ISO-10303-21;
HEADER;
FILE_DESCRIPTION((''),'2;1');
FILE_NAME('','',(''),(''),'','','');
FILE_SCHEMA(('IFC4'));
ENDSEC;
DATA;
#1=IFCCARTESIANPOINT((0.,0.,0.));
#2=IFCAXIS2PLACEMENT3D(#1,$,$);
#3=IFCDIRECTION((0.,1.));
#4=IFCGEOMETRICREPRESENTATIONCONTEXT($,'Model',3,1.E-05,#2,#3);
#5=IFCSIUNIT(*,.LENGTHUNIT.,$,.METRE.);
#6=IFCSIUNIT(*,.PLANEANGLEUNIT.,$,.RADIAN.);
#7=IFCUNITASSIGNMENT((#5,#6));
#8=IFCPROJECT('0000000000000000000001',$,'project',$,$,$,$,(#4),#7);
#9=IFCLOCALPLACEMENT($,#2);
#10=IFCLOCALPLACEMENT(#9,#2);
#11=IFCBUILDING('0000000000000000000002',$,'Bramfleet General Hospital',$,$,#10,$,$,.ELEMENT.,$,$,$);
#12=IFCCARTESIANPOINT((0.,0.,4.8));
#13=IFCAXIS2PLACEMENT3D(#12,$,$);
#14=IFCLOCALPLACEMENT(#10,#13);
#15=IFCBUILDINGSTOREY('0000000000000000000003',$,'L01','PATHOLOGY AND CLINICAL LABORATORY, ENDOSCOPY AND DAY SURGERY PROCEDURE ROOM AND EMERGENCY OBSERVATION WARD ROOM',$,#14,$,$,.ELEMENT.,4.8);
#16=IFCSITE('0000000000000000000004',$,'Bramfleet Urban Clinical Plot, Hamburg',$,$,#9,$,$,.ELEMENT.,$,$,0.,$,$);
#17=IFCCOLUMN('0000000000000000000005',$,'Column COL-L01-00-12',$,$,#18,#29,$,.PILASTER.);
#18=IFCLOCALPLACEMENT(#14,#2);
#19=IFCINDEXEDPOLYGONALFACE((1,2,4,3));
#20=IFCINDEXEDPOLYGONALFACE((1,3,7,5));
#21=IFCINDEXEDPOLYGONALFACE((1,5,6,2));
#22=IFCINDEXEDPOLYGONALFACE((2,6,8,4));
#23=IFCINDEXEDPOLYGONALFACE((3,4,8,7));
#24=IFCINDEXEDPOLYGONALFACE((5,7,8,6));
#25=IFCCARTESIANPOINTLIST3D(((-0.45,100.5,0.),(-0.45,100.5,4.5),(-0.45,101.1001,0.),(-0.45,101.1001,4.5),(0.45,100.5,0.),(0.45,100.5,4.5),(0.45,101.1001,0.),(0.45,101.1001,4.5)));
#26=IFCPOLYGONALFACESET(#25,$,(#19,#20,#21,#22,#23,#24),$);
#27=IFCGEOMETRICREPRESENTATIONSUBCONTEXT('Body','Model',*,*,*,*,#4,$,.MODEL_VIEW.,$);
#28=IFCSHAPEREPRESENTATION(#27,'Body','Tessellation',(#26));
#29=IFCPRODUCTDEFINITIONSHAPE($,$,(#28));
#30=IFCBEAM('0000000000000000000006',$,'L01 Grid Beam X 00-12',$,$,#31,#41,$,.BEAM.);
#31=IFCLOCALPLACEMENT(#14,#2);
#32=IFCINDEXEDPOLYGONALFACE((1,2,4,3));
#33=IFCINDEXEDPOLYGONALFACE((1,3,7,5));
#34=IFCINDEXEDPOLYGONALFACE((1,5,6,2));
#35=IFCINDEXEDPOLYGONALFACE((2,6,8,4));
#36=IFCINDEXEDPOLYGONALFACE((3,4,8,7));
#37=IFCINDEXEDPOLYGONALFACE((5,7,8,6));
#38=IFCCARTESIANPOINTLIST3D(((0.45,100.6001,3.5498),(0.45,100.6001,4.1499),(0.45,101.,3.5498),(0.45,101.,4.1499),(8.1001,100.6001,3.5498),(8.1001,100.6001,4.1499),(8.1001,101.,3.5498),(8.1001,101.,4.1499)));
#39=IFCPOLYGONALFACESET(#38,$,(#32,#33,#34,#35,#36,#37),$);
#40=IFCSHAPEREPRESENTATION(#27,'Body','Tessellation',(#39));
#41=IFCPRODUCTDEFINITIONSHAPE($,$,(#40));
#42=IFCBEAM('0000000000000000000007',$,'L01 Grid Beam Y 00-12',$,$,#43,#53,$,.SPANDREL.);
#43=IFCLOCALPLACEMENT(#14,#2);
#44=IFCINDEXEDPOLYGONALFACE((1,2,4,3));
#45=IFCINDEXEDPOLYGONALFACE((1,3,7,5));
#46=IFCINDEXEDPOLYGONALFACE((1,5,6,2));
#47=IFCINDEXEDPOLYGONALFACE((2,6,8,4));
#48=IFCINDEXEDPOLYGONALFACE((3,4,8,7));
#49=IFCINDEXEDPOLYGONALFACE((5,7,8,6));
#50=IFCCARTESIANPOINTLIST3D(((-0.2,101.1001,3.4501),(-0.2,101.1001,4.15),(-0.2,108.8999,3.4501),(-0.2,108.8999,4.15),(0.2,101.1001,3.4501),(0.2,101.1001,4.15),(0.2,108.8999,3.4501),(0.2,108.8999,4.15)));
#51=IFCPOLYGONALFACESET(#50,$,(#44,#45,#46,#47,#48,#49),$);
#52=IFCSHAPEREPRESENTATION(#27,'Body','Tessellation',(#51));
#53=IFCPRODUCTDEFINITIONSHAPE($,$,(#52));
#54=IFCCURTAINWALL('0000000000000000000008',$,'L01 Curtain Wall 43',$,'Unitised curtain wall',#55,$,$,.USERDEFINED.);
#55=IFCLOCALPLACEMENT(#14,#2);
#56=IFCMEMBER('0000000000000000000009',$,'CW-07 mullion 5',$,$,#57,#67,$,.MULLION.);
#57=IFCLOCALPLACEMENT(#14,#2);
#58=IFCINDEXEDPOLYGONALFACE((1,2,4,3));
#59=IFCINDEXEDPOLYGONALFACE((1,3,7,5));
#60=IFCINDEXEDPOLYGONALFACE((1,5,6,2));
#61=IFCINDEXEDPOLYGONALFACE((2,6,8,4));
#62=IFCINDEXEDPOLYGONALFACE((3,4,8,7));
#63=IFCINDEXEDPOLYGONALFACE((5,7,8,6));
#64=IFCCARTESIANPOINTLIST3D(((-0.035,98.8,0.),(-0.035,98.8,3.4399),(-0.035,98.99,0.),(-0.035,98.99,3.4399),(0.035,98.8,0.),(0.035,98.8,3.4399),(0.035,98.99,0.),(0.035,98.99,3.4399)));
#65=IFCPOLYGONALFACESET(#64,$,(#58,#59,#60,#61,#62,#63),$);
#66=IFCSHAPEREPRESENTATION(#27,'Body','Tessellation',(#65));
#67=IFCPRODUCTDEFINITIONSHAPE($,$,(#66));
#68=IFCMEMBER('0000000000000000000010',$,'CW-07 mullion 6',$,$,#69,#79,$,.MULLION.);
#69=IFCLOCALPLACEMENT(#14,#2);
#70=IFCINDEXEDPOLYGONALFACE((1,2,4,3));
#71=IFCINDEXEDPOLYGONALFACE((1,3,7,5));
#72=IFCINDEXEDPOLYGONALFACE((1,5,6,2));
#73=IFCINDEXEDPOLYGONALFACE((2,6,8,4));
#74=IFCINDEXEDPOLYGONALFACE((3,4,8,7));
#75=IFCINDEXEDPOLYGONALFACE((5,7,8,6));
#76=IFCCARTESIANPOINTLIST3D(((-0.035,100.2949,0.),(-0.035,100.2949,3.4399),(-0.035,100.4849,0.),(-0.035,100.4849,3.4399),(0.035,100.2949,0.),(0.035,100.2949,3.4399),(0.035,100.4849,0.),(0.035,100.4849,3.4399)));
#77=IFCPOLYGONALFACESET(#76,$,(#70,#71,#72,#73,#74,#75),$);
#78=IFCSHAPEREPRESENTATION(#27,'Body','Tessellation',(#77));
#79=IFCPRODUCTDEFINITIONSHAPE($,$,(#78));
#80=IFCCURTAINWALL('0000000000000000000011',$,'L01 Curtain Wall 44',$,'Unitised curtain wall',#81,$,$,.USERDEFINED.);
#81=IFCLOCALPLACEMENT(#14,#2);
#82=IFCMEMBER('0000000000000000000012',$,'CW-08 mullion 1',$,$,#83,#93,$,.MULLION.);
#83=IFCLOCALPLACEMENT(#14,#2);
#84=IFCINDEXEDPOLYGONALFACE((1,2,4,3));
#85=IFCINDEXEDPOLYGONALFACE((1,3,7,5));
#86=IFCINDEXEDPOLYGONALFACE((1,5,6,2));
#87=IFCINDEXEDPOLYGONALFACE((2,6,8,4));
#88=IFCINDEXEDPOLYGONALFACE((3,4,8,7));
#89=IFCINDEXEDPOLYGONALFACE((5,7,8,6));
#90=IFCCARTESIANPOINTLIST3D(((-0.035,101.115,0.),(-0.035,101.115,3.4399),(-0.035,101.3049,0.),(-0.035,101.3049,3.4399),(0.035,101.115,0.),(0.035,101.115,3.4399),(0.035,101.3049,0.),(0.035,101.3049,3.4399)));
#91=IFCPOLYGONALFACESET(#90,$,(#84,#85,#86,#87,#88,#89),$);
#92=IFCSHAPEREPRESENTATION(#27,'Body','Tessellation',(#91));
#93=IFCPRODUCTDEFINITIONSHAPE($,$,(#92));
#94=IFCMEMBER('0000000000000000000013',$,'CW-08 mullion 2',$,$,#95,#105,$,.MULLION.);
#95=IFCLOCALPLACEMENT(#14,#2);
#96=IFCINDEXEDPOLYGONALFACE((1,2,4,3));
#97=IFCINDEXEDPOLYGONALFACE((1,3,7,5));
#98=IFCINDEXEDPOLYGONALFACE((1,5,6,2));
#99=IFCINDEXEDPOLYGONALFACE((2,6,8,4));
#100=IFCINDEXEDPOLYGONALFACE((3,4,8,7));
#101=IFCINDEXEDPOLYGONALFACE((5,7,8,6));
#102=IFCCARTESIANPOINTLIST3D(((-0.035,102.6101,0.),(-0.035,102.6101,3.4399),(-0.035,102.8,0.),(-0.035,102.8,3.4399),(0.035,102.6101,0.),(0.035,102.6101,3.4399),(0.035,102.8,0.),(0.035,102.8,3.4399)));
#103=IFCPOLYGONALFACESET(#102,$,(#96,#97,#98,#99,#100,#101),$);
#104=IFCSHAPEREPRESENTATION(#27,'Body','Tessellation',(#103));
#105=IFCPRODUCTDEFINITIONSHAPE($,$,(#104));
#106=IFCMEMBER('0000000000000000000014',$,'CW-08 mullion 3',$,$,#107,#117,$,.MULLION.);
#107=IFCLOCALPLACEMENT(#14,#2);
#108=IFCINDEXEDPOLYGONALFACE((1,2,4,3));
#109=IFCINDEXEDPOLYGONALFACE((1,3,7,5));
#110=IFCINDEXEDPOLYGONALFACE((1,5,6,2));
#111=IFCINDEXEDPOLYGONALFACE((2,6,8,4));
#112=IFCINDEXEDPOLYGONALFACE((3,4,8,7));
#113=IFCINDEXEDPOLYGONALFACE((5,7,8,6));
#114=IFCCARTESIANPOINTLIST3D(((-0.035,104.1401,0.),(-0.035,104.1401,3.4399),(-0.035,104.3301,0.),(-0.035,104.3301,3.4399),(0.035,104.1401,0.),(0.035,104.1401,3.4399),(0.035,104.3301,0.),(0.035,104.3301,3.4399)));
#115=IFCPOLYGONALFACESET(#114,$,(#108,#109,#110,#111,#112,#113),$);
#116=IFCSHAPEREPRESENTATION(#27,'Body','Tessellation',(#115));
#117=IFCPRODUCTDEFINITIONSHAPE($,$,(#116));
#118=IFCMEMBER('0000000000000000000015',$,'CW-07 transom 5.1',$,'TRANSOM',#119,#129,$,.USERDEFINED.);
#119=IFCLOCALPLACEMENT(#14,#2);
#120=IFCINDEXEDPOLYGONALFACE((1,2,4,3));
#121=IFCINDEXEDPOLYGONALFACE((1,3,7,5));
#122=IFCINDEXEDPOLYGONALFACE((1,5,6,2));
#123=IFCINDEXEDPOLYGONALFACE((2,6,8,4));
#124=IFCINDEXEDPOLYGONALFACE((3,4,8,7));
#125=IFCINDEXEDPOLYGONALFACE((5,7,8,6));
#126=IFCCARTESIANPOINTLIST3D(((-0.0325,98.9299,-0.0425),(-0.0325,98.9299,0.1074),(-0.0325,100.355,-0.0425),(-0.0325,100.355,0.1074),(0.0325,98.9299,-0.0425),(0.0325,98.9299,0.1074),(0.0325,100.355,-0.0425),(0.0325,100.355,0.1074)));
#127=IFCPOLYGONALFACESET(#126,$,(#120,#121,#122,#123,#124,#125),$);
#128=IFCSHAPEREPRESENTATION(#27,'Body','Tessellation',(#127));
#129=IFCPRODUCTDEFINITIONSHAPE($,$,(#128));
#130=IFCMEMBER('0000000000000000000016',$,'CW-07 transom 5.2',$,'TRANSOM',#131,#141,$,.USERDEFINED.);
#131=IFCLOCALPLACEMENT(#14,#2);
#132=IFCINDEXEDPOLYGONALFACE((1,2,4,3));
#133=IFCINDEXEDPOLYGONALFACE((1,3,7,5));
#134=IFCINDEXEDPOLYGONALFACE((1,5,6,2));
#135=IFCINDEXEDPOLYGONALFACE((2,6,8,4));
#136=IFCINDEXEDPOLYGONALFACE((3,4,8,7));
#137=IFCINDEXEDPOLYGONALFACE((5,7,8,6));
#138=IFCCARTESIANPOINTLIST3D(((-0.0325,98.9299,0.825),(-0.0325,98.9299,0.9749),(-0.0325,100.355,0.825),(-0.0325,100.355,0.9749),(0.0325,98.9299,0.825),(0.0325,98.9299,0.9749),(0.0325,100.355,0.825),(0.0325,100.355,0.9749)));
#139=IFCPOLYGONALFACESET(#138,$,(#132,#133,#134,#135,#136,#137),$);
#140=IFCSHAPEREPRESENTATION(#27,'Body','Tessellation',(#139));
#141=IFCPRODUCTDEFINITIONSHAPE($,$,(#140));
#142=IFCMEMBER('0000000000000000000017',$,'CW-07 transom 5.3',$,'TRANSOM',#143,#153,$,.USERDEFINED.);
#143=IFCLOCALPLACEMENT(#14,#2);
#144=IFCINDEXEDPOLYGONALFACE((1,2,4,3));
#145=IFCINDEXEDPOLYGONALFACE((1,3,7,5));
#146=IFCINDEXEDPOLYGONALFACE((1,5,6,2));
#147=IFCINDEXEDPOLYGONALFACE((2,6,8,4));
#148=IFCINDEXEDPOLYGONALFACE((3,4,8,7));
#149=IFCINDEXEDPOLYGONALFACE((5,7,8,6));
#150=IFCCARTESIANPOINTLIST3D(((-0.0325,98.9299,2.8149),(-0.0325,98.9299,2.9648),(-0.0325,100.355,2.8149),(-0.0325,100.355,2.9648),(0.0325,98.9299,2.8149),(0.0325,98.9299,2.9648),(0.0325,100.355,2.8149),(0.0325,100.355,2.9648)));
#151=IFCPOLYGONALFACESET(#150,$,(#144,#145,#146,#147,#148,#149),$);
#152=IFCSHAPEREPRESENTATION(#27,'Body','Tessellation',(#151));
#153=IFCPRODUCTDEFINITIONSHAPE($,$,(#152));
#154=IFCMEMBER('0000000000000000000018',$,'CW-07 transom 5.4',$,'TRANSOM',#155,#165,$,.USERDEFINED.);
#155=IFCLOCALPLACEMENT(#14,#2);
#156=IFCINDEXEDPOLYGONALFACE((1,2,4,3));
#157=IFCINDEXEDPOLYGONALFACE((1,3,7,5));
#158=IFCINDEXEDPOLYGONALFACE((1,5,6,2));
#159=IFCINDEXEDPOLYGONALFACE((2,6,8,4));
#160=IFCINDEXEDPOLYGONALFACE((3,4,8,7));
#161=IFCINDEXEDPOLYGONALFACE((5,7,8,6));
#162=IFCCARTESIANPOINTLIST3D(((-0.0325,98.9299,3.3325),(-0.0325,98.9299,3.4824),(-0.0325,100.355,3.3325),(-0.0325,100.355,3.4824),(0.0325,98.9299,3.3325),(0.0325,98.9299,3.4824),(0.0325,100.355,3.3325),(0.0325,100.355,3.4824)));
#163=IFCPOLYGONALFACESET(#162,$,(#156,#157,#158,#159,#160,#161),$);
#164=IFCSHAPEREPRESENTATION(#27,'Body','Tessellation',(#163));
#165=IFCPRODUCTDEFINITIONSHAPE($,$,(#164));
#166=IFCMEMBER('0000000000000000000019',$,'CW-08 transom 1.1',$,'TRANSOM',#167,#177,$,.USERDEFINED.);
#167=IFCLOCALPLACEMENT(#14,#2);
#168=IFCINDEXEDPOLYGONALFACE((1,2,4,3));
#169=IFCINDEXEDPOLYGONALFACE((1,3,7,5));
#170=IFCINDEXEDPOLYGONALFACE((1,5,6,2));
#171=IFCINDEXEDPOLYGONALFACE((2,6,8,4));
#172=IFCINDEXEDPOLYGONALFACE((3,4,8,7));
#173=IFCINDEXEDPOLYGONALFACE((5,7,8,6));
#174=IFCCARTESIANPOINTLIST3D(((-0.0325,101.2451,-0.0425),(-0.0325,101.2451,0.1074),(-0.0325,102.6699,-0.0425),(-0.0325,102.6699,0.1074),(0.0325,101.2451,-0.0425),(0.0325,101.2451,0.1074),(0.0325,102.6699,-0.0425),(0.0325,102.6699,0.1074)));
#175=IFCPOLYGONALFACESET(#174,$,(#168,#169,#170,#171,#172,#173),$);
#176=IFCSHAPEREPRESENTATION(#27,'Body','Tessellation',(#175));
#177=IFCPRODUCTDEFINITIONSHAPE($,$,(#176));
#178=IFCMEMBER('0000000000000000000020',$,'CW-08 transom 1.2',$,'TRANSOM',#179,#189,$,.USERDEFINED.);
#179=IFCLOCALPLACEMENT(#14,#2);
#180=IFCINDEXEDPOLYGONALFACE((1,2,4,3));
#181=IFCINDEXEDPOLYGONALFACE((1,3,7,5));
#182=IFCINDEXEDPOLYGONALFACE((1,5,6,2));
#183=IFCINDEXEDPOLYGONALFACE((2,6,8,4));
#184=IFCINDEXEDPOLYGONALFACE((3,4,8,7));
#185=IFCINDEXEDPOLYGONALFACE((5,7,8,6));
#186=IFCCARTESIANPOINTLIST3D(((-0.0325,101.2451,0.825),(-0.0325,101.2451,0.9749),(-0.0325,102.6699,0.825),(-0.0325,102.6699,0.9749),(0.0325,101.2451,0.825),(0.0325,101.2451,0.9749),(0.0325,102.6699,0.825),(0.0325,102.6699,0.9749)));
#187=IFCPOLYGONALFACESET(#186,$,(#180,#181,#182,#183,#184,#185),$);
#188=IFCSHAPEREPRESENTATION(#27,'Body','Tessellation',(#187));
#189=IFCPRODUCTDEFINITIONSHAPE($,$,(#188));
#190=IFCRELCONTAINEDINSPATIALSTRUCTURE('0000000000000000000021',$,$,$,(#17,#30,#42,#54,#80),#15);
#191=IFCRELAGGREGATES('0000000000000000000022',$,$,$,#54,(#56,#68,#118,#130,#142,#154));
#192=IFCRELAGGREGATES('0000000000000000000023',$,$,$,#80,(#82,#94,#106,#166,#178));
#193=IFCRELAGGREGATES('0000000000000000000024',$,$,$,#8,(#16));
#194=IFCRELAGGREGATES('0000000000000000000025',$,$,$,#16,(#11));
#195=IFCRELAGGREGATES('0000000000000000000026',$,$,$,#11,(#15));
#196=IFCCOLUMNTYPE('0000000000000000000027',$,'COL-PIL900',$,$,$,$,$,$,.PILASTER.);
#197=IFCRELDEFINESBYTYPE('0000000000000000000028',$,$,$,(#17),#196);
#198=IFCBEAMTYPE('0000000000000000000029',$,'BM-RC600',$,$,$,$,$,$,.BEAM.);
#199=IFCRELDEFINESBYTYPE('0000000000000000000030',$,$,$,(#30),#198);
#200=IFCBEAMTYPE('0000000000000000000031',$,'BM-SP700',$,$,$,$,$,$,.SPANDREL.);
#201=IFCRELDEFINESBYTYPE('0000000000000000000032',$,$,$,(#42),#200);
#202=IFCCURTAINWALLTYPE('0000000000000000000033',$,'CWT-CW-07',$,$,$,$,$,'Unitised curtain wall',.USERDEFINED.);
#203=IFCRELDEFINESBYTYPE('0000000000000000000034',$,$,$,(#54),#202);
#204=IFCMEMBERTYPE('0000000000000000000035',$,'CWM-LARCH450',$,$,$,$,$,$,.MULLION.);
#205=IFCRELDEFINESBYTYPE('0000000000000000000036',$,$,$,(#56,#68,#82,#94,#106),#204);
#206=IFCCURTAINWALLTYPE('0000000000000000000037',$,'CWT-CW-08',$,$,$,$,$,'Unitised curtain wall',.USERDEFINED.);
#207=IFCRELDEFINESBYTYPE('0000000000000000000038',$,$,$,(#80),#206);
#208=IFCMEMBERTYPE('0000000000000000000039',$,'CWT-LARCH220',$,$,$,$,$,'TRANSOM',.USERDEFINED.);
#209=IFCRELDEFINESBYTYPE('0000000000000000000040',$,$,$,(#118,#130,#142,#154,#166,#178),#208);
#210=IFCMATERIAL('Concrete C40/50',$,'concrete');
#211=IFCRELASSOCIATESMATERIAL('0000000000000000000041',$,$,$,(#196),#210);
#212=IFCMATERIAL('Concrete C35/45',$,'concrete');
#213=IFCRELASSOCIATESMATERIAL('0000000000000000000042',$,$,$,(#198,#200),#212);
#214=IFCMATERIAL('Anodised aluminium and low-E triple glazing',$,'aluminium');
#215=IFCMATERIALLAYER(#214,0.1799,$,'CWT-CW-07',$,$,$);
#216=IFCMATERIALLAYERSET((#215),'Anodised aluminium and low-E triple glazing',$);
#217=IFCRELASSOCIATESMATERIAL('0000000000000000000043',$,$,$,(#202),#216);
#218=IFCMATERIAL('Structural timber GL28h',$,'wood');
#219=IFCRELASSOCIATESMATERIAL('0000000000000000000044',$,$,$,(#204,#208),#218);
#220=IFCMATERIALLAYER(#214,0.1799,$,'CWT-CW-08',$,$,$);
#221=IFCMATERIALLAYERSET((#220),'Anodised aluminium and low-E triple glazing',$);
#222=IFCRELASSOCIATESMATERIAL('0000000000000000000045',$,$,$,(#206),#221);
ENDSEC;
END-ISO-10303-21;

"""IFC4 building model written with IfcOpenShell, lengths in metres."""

from ifc_helpers import new_model, si_unit, direction, frame, origin, origin_2d, place, context, subcontext, project, spatial, rectangle, extrude, material, layer, layer_set, material_profile, profile_set, type_object, element, aggregate, save


model = new_model("IFC4")

# Units and contexts
model_context = context("Model", 3, precision=1e-05, world=origin(), true_north=direction((0.0, 1.0)))
body_context = subcontext(model_context, "Body", "Model", "MODEL_VIEW")
ifc_project = project(units=[si_unit("LENGTHUNIT", "METRE"), si_unit("PLANEANGLEUNIT", "RADIAN")], contexts=[model_context])

# Site, building, storey
site_placement = place(None, origin())
site = spatial("IfcSite", under=ifc_project, at=site_placement, Name="Bramfleet Urban Clinical Plot, Hamburg", CompositionType="ELEMENT", RefElevation=0.0)
building_placement = place(site_placement, origin())
building = spatial("IfcBuilding", under=site, at=building_placement, Name="Bramfleet General Hospital", CompositionType="ELEMENT")
storey_placement = place(building_placement, frame((0.0, 0.0, 4.8)))
storey = spatial("IfcBuildingStorey", under=building, at=storey_placement, Name="L01", Description="PATHOLOGY AND CLINICAL LABORATORY, ENDOSCOPY AND DAY SURGERY PROCEDURE ROOM AND EMERGENCY OBSERVATION WARD ROOM", CompositionType="ELEMENT", Elevation=4.8)

# Column
ifc_material_1 = material(Name="Concrete C40/50", Category="concrete")
ifc_material_profile_1 = material_profile(ifc_material_1, rectangle(XDim=0.6001, YDim=0.8999, at=origin_2d()), Name="RC PIL 900x600")
ifc_profile_set_1 = profile_set([ifc_material_profile_1], Name="Concrete C40/50")
column_type = type_object("IfcColumnType", Name="COL-PIL900", PredefinedType="PILASTER", material=ifc_profile_set_1)
column_placement = place(storey_placement, frame((0.0, 100.8, 0.0), z_axis=(0.0, 0.0, 1.0), x_axis=(0.0, 1.0, 0.0)))
element("IfcColumn", 1, at=column_placement, inside=storey, type_object=column_type, Name="Column COL-L01-00-12", PredefinedType="PILASTER", context=body_context, shape_type="SweptSolid", body=[
    extrude(rectangle(XDim=0.6001, YDim=0.8999, at=origin_2d()), origin(), (0.0, 0.0, 1.0), 4.5),
])

# Beams
ifc_material_2 = material(Name="Concrete C35/45", Category="concrete")
ifc_material_profile_2 = material_profile(ifc_material_2, rectangle(XDim=0.3999, YDim=0.6001, at=origin_2d()), Name="RC BM 600x400")
ifc_profile_set_2 = profile_set([ifc_material_profile_2], Name="Concrete C35/45")
beam_type_1 = type_object("IfcBeamType", Name="BM-RC600", PredefinedType="BEAM", material=ifc_profile_set_2)
beam_1_placement = place(storey_placement, frame((0.45, 100.8, 3.8499), z_axis=(1.0, 0.0, 0.0), x_axis=(0.0, 1.0, 0.0)))
element("IfcBeam", 2, at=beam_1_placement, inside=storey, type_object=beam_type_1, Name="L01 Grid Beam X 00-12", PredefinedType="BEAM", context=body_context, shape_type="SweptSolid", body=[
    extrude(rectangle(XDim=0.3999, YDim=0.6001, at=origin_2d()), origin(), (0.0, 0.0, 1.0), 7.6501),
])
ifc_material_profile_3 = material_profile(ifc_material_2, rectangle(XDim=0.3999, YDim=0.7, at=origin_2d()), Name="RC SP 700x400")
ifc_profile_set_3 = profile_set([ifc_material_profile_3], Name="Concrete C35/45")
beam_type_2 = type_object("IfcBeamType", Name="BM-SP700", PredefinedType="SPANDREL", material=ifc_profile_set_3)
beam_2_placement = place(storey_placement, frame((0.0, 101.1001, 3.8), z_axis=(0.0, 1.0, 0.0), x_axis=(-1.0, 0.0, 0.0)))
element("IfcBeam", 3, at=beam_2_placement, inside=storey, type_object=beam_type_2, Name="L01 Grid Beam Y 00-12", PredefinedType="SPANDREL", context=body_context, shape_type="SweptSolid", body=[
    extrude(rectangle(XDim=0.3999, YDim=0.7, at=origin_2d()), origin(), (0.0, 0.0, 1.0), 7.7998),
])

# Curtain walls, members
ifc_material_3 = material(Name="Anodised aluminium and low-E triple glazing", Category="aluminium")
ifc_layer_1 = layer(ifc_material_3, 0.1799, Name="CWT-CW-07")
ifc_layer_set_1 = layer_set([ifc_layer_1], Name="Anodised aluminium and low-E triple glazing")
curtain_wall_type_1 = type_object("IfcCurtainWallType", Name="CWT-CW-07", ElementType="Unitised curtain wall", PredefinedType="USERDEFINED", material=ifc_layer_set_1)
curtain_wall_1_placement = place(storey_placement, origin())
curtain_wall_1 = element("IfcCurtainWall", 4, at=curtain_wall_1_placement, inside=storey, type_object=curtain_wall_type_1, Name="L01 Curtain Wall 43", ObjectType="Unitised curtain wall", PredefinedType="USERDEFINED")
ifc_material_4 = material(Name="Structural timber GL28h", Category="wood")
ifc_material_profile_4 = material_profile(ifc_material_4, rectangle(XDim=0.0701, YDim=0.1899, at=origin_2d()), Name="LARCH 190x70")
ifc_profile_set_4 = profile_set([ifc_material_profile_4], Name="Structural timber GL28h")
member_type_1 = type_object("IfcMemberType", Name="CWM-LARCH450", PredefinedType="MULLION", material=ifc_profile_set_4)
member_1_placement = place(storey_placement, frame((0.0, 98.895, 0.0), z_axis=(0.0, 0.0, 1.0), x_axis=(-1.0, 0.0, 0.0)))
member_1 = element("IfcMember", 5, at=member_1_placement, type_object=member_type_1, Name="CW-07 mullion 5", PredefinedType="MULLION", context=body_context, shape_type="SweptSolid", body=[
    extrude(rectangle(XDim=0.0701, YDim=0.1899, at=origin_2d()), origin(), (0.0, 0.0, 1.0), 3.4399),
])
member_2_placement = place(storey_placement, frame((0.0, 100.3899, 0.0), z_axis=(0.0, 0.0, 1.0), x_axis=(-1.0, 0.0, 0.0)))
member_2 = element("IfcMember", 6, at=member_2_placement, type_object=member_type_1, Name="CW-07 mullion 6", PredefinedType="MULLION", context=body_context, shape_type="SweptSolid", body=[
    extrude(rectangle(XDim=0.0701, YDim=0.1899, at=origin_2d()), origin(), (0.0, 0.0, 1.0), 3.4399),
])
ifc_layer_2 = layer(ifc_material_3, 0.1799, Name="CWT-CW-08")
ifc_layer_set_2 = layer_set([ifc_layer_2], Name="Anodised aluminium and low-E triple glazing")
curtain_wall_type_2 = type_object("IfcCurtainWallType", Name="CWT-CW-08", ElementType="Unitised curtain wall", PredefinedType="USERDEFINED", material=ifc_layer_set_2)
curtain_wall_2_placement = place(storey_placement, origin())
curtain_wall_2 = element("IfcCurtainWall", 7, at=curtain_wall_2_placement, inside=storey, type_object=curtain_wall_type_2, Name="L01 Curtain Wall 44", ObjectType="Unitised curtain wall", PredefinedType="USERDEFINED")
member_3_placement = place(storey_placement, frame((0.0, 101.21, 0.0), z_axis=(0.0, 0.0, 1.0), x_axis=(-1.0, 0.0, 0.0)))
member_3 = element("IfcMember", 8, at=member_3_placement, type_object=member_type_1, Name="CW-08 mullion 1", PredefinedType="MULLION", context=body_context, shape_type="SweptSolid", body=[
    extrude(rectangle(XDim=0.0701, YDim=0.1899, at=origin_2d()), origin(), (0.0, 0.0, 1.0), 3.4399),
])
member_4_placement = place(storey_placement, frame((0.0, 102.7051, 0.0), z_axis=(0.0, 0.0, 1.0), x_axis=(-1.0, 0.0, 0.0)))
member_4 = element("IfcMember", 9, at=member_4_placement, type_object=member_type_1, Name="CW-08 mullion 2", PredefinedType="MULLION", context=body_context, shape_type="SweptSolid", body=[
    extrude(rectangle(XDim=0.0701, YDim=0.1899, at=origin_2d()), origin(), (0.0, 0.0, 1.0), 3.4399),
])
member_5_placement = place(storey_placement, frame((0.0, 104.2351, 0.0), z_axis=(0.0, 0.0, 1.0), x_axis=(-1.0, 0.0, 0.0)))
member_5 = element("IfcMember", 10, at=member_5_placement, type_object=member_type_1, Name="CW-08 mullion 3", PredefinedType="MULLION", context=body_context, shape_type="SweptSolid", body=[
    extrude(rectangle(XDim=0.0701, YDim=0.1899, at=origin_2d()), origin(), (0.0, 0.0, 1.0), 3.4399),
])

# Members
ifc_material_profile_5 = material_profile(ifc_material_4, rectangle(XDim=0.0649, YDim=0.1499, at=origin_2d()), Name="LARCH 150x65")
ifc_profile_set_5 = profile_set([ifc_material_profile_5], Name="Structural timber GL28h")
member_type_2 = type_object("IfcMemberType", Name="CWT-LARCH220", ElementType="TRANSOM", PredefinedType="USERDEFINED", material=ifc_profile_set_5)
member_6_placement = place(storey_placement, frame((0.0, 98.9299, 0.0325), z_axis=(0.0, 1.0, 0.0), x_axis=(-1.0, 0.0, 0.0)))
member_6 = element("IfcMember", 11, at=member_6_placement, type_object=member_type_2, Name="CW-07 transom 5.1", ObjectType="TRANSOM", PredefinedType="USERDEFINED", context=body_context, shape_type="SweptSolid", body=[
    extrude(rectangle(XDim=0.0649, YDim=0.1499, at=origin_2d()), origin(), (0.0, 0.0, 1.0), 1.425),
])
member_7_placement = place(storey_placement, frame((0.0, 98.9299, 0.8999), z_axis=(0.0, 1.0, 0.0), x_axis=(-1.0, 0.0, 0.0)))
member_7 = element("IfcMember", 12, at=member_7_placement, type_object=member_type_2, Name="CW-07 transom 5.2", ObjectType="TRANSOM", PredefinedType="USERDEFINED", context=body_context, shape_type="SweptSolid", body=[
    extrude(rectangle(XDim=0.0649, YDim=0.1499, at=origin_2d()), origin(), (0.0, 0.0, 1.0), 1.425),
])
member_8_placement = place(storey_placement, frame((0.0, 98.9299, 2.8899), z_axis=(0.0, 1.0, 0.0), x_axis=(-1.0, 0.0, 0.0)))
member_8 = element("IfcMember", 13, at=member_8_placement, type_object=member_type_2, Name="CW-07 transom 5.3", ObjectType="TRANSOM", PredefinedType="USERDEFINED", context=body_context, shape_type="SweptSolid", body=[
    extrude(rectangle(XDim=0.0649, YDim=0.1499, at=origin_2d()), origin(), (0.0, 0.0, 1.0), 1.425),
])
member_9_placement = place(storey_placement, frame((0.0, 98.9299, 3.4075), z_axis=(0.0, 1.0, 0.0), x_axis=(-1.0, 0.0, 0.0)))
member_9 = element("IfcMember", 14, at=member_9_placement, type_object=member_type_2, Name="CW-07 transom 5.4", ObjectType="TRANSOM", PredefinedType="USERDEFINED", context=body_context, shape_type="SweptSolid", body=[
    extrude(rectangle(XDim=0.0649, YDim=0.1499, at=origin_2d()), origin(), (0.0, 0.0, 1.0), 1.425),
])
member_10_placement = place(storey_placement, frame((0.0, 101.2451, 0.0325), z_axis=(0.0, 1.0, 0.0), x_axis=(-1.0, 0.0, 0.0)))
member_10 = element("IfcMember", 15, at=member_10_placement, type_object=member_type_2, Name="CW-08 transom 1.1", ObjectType="TRANSOM", PredefinedType="USERDEFINED", context=body_context, shape_type="SweptSolid", body=[
    extrude(rectangle(XDim=0.0649, YDim=0.1499, at=origin_2d()), origin(), (0.0, 0.0, 1.0), 1.4248),
])
member_11_placement = place(storey_placement, frame((0.0, 101.2451, 0.8999), z_axis=(0.0, 1.0, 0.0), x_axis=(-1.0, 0.0, 0.0)))
member_11 = element("IfcMember", 16, at=member_11_placement, type_object=member_type_2, Name="CW-08 transom 1.2", ObjectType="TRANSOM", PredefinedType="USERDEFINED", context=body_context, shape_type="SweptSolid", body=[
    extrude(rectangle(XDim=0.0649, YDim=0.1499, at=origin_2d()), origin(), (0.0, 0.0, 1.0), 1.4248),
])

aggregate(curtain_wall_1, [member_1, member_2, member_6, member_7, member_8, member_9])
aggregate(curtain_wall_2, [member_3, member_4, member_5, member_10, member_11])

save(model, "model.ifc")
